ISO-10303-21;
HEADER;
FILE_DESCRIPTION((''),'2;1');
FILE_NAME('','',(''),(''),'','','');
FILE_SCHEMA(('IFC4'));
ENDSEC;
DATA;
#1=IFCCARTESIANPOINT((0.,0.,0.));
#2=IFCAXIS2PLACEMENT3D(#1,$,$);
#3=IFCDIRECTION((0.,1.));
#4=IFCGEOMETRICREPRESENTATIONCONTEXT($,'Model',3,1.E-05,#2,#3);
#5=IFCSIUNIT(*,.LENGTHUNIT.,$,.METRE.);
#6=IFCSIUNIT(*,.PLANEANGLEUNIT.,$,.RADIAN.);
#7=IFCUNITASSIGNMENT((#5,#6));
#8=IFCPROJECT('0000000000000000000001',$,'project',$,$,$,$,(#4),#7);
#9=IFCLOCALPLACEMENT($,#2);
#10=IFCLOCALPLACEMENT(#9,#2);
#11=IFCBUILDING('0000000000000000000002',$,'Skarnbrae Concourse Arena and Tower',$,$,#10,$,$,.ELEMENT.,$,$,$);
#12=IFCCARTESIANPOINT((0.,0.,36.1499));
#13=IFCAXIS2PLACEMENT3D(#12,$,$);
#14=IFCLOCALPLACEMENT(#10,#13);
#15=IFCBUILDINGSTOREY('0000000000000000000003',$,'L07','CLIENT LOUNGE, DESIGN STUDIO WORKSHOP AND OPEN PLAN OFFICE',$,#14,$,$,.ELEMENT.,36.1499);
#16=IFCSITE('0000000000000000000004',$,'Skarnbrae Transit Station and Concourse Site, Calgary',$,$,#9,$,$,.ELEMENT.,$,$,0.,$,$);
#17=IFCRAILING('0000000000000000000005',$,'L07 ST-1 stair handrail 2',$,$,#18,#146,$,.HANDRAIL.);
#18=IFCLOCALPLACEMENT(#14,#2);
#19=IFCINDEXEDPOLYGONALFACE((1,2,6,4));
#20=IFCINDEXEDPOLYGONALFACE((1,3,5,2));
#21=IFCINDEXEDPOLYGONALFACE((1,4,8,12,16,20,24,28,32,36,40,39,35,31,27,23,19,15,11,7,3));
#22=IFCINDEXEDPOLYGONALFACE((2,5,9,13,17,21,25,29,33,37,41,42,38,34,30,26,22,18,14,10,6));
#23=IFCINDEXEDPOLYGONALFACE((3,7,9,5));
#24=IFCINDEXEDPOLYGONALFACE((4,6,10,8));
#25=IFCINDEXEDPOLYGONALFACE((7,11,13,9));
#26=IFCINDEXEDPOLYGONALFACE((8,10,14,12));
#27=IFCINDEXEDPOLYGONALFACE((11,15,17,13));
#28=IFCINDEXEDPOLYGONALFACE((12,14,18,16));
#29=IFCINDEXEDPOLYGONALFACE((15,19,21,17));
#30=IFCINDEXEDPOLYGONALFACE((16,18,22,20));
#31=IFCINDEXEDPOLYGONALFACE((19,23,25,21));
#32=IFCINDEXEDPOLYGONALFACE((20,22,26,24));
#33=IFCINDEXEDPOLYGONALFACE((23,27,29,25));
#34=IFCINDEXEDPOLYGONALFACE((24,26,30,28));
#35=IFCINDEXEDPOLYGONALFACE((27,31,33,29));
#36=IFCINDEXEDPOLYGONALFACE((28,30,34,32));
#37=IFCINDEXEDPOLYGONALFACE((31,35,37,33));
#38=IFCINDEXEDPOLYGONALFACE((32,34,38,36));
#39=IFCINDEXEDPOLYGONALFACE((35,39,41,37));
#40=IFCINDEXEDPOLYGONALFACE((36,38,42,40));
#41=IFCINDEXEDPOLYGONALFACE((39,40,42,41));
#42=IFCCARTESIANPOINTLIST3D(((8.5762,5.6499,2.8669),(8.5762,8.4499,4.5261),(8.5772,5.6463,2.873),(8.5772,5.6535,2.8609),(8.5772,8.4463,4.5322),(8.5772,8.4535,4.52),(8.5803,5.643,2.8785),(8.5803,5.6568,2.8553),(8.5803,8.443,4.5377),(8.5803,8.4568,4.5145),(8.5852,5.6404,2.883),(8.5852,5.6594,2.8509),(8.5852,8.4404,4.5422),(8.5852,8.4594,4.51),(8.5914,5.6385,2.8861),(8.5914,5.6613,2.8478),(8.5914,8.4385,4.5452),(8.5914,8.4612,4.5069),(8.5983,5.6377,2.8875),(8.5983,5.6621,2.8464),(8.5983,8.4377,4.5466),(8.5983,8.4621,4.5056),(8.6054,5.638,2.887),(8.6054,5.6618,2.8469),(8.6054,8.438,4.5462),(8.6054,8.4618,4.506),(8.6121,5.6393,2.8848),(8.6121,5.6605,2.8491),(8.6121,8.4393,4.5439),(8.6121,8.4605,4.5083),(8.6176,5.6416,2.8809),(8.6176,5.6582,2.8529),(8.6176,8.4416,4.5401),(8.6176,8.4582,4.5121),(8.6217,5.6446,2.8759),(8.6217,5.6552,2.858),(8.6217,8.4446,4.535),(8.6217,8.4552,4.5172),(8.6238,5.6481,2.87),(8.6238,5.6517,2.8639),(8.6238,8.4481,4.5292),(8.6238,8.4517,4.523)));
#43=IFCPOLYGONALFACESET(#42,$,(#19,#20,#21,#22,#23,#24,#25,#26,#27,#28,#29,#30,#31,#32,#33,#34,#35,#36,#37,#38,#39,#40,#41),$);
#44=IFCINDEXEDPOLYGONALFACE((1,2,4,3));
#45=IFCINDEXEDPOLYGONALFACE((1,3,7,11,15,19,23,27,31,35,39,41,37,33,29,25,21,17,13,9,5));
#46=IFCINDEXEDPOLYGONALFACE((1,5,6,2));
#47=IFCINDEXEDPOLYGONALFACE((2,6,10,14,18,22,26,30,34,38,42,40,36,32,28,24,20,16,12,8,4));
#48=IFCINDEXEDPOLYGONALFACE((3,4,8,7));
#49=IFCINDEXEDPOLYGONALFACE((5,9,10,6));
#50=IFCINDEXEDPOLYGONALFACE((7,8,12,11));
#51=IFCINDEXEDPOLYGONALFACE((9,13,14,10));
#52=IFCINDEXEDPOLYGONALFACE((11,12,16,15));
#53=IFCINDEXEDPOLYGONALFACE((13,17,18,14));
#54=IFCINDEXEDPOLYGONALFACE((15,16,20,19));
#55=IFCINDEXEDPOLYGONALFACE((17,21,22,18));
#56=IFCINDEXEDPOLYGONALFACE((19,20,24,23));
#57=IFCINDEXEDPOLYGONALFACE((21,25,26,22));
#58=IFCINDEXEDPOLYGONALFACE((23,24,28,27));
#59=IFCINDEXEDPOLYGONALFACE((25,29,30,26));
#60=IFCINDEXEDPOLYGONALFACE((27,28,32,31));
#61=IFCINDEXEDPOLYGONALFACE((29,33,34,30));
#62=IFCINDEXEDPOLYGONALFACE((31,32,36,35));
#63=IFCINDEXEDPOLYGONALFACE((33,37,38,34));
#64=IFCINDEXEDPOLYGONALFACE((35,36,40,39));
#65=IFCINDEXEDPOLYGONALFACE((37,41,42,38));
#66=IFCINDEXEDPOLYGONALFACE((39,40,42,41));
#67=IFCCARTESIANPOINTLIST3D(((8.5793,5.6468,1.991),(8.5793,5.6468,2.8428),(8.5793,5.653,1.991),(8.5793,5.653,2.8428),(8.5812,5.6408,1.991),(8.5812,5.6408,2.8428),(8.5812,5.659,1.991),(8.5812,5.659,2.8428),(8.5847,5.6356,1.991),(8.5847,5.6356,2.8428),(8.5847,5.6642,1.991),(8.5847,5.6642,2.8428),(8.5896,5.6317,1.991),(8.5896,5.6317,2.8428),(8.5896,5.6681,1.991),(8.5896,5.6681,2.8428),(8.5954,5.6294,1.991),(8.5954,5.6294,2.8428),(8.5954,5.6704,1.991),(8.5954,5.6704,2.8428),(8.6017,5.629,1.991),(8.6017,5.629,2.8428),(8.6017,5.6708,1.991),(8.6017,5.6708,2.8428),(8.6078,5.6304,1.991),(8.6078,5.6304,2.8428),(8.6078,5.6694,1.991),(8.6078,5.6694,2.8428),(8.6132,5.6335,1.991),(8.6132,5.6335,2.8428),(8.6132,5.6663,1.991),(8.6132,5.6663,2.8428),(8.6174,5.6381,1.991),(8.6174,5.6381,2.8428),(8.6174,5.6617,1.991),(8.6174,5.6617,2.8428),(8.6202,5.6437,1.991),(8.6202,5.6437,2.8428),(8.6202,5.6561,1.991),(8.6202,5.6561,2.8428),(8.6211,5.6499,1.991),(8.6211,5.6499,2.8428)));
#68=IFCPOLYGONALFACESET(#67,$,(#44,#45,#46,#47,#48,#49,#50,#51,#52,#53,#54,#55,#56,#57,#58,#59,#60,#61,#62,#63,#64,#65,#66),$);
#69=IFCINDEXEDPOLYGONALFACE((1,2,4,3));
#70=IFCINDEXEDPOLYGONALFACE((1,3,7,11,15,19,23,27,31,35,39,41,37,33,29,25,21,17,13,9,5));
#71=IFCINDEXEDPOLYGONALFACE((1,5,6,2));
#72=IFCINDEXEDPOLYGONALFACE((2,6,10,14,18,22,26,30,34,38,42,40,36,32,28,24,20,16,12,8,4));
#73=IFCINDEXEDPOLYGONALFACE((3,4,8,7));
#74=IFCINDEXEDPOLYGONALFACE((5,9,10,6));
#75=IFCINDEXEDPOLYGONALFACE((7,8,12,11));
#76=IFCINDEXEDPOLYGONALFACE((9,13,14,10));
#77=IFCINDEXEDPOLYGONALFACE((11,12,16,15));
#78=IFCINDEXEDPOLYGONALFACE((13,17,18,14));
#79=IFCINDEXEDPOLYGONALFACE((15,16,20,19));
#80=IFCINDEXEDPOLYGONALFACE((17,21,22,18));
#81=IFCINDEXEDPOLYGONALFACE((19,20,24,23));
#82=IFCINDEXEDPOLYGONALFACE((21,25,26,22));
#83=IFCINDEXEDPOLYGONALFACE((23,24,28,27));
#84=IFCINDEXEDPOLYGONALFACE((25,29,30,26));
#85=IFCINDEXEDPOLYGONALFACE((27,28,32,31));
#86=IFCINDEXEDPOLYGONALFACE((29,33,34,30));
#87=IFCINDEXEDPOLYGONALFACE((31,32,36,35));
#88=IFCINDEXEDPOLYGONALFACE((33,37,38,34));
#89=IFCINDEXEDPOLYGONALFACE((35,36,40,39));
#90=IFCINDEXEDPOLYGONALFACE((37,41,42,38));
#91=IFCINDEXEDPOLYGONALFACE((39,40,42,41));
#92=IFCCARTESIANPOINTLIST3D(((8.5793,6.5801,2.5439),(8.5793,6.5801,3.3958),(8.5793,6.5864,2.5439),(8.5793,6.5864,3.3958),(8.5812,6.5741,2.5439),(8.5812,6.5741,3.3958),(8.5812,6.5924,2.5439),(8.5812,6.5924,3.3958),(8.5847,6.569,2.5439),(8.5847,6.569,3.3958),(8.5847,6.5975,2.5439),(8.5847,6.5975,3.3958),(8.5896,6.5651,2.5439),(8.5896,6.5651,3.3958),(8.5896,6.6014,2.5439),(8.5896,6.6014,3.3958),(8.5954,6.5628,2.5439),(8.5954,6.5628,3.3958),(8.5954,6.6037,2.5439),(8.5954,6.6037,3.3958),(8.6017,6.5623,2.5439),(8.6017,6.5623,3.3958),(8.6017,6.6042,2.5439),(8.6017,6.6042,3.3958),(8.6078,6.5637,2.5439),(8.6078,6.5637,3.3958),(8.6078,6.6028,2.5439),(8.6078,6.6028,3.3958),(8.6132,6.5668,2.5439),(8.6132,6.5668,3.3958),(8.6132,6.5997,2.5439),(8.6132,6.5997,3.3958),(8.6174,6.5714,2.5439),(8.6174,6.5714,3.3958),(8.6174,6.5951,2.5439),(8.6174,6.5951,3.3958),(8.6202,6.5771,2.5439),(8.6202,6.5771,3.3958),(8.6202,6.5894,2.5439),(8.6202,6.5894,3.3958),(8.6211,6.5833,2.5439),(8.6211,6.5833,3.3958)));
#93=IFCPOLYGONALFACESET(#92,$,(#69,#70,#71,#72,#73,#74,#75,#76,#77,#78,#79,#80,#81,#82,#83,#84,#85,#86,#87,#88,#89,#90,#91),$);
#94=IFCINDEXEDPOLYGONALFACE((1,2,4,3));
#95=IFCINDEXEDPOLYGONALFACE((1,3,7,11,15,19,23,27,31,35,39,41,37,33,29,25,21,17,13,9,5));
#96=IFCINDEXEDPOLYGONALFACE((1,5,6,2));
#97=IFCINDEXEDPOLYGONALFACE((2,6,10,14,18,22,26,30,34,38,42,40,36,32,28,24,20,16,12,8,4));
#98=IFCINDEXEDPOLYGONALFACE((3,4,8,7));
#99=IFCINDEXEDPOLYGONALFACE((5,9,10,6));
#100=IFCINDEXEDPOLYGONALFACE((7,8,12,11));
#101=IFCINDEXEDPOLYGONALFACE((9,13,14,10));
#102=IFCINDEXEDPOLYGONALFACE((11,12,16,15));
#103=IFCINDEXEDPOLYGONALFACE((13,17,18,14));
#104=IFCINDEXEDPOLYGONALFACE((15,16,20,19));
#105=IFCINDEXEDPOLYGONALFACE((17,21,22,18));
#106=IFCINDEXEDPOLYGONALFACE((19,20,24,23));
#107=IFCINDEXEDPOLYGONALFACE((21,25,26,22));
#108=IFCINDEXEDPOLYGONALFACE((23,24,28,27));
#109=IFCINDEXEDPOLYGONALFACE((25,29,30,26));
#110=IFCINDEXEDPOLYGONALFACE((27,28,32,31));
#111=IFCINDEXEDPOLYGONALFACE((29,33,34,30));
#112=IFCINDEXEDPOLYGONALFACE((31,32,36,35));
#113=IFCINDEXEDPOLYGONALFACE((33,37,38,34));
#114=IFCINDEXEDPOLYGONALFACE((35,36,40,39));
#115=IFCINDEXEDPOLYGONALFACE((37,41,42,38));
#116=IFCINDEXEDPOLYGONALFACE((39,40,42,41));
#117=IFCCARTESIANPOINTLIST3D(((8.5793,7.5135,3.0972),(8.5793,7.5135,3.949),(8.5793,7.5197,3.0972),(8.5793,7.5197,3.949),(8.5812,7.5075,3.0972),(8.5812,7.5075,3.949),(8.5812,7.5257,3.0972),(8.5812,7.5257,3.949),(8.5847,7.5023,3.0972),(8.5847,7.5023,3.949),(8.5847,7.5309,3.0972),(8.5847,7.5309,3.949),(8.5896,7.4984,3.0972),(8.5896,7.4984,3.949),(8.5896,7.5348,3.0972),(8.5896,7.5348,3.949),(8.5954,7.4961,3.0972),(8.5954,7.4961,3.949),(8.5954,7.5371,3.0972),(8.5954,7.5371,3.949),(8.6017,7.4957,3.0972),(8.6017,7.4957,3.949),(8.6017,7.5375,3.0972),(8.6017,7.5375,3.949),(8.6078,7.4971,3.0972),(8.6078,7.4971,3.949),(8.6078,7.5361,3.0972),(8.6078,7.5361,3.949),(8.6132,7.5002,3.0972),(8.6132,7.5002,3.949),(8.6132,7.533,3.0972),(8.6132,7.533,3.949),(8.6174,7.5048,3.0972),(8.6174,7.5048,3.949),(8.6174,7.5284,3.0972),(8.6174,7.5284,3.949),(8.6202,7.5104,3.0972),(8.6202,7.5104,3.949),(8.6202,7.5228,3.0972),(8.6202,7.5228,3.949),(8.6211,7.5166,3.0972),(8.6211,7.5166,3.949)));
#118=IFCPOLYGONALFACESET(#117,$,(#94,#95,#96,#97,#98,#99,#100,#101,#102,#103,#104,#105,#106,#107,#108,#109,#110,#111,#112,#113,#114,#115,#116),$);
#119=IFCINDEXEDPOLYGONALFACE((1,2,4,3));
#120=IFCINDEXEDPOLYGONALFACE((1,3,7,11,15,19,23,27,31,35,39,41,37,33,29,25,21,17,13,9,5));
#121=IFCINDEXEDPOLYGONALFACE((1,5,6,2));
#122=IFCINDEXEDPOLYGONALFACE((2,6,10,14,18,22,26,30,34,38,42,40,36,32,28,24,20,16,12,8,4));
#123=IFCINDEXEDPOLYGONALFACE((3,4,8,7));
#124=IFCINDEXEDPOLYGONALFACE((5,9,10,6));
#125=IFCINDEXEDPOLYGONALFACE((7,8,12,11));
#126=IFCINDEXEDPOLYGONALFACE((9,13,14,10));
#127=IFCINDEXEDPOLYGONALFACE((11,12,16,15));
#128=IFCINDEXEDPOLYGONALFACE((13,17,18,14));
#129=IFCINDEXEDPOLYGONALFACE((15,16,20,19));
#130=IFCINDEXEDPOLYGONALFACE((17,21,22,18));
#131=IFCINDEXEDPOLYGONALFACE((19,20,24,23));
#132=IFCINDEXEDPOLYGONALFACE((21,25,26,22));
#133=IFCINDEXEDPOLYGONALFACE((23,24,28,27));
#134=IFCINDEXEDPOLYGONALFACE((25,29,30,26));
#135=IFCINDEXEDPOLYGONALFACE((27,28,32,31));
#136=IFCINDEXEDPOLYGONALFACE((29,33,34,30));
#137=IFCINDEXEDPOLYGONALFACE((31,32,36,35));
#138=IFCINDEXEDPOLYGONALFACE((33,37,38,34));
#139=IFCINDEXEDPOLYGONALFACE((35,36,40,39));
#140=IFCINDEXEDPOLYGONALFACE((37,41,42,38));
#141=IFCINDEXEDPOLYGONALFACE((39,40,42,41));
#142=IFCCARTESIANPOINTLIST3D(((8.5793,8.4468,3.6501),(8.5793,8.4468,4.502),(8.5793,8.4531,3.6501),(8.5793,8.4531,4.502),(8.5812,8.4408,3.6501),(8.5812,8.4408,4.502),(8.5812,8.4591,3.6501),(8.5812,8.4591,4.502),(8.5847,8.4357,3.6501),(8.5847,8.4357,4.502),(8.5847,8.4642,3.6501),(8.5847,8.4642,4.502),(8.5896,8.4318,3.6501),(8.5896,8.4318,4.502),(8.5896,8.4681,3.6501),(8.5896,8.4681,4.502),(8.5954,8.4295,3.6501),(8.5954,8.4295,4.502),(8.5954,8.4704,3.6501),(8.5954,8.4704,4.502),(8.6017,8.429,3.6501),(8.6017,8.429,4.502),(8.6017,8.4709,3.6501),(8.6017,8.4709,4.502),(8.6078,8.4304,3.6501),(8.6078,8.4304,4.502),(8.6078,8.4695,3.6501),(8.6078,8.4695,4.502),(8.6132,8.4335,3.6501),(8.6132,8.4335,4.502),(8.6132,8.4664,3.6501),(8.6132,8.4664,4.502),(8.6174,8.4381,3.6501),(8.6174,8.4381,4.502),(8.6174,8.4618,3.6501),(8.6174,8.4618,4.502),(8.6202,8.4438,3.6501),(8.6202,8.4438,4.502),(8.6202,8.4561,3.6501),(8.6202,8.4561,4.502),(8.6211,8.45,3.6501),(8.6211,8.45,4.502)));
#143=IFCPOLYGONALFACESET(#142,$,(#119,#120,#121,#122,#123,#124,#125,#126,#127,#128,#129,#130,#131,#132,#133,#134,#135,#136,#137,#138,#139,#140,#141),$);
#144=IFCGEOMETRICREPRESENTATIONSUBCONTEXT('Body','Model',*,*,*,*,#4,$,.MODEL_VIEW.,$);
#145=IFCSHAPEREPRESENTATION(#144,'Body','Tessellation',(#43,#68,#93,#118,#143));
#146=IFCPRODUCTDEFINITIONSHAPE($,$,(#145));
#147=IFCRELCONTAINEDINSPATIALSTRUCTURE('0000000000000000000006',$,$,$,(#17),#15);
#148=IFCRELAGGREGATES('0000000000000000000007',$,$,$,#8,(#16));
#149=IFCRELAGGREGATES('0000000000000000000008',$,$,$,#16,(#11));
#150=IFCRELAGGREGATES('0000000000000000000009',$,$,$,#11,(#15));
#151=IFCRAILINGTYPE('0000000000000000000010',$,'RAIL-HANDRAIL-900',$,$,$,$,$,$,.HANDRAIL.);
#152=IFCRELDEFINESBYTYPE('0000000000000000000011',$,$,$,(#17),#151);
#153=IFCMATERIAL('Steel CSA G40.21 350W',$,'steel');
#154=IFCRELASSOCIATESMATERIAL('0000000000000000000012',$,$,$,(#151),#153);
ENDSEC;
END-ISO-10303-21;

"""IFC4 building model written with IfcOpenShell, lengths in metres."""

from ifc_helpers import new_model, si_unit, direction, frame, origin, origin_2d, place, context, subcontext, project, spatial, circle, extrude, material, type_object, element, save


model = new_model("IFC4")

# Units and contexts
model_context = context("Model", 3, precision=1e-05, world=origin(), true_north=direction((0.0, 1.0)))
body_context = subcontext(model_context, "Body", "Model", "MODEL_VIEW")
ifc_project = project(units=[si_unit("LENGTHUNIT", "METRE"), si_unit("PLANEANGLEUNIT", "RADIAN")], contexts=[model_context])

# Site, building, storey
site_placement = place(None, origin())
site = spatial("IfcSite", under=ifc_project, at=site_placement, Name="Skarnbrae Transit Station and Concourse Site, Calgary", CompositionType="ELEMENT", RefElevation=0.0)
building_placement = place(site_placement, origin())
building = spatial("IfcBuilding", under=site, at=building_placement, Name="Skarnbrae Concourse Arena and Tower", CompositionType="ELEMENT")
storey_placement = place(building_placement, frame((0.0, 0.0, 36.1499)))
storey = spatial("IfcBuildingStorey", under=building, at=storey_placement, Name="L07", Description="CLIENT LOUNGE, DESIGN STUDIO WORKSHOP AND OPEN PLAN OFFICE", CompositionType="ELEMENT", Elevation=36.1499)

# Shared definitions
ifc_material_1 = material(Name="Steel CSA G40.21 350W", Category="steel")

# Railing
railing_type_1 = type_object("IfcRailingType", Name="RAIL-HANDRAIL-900", PredefinedType="HANDRAIL", material=ifc_material_1)
railing_1_placement = place(storey_placement, frame((8.6001, 5.6499, 1.991)))
element("IfcRailing", 1, at=railing_1_placement, inside=storey, type_object=railing_type_1, Name="L07 ST-1 stair handrail 2", PredefinedType="HANDRAIL", context=body_context, shape_type="SweptSolid", body=[
    extrude(circle(Radius=0.0239, at=origin_2d()), frame((0.0, 0.0, 0.876), z_axis=(0.0, 0.860306, 0.509778), x_axis=(-1.0, 0.0, 0.0)), (0.0, 0.0, 1.0), 3.2546),
    extrude(circle(Radius=0.021, at=origin_2d()), origin(), (0.0, 0.0, 1.0), 0.8518),
    extrude(circle(Radius=0.021, at=origin_2d()), frame((0.0, 0.9333, 0.553)), (0.0, 0.0, 1.0), 0.8518),
    extrude(circle(Radius=0.021, at=origin_2d()), frame((0.0, 1.8667, 1.1062)), (0.0, 0.0, 1.0), 0.8518),
    extrude(circle(Radius=0.021, at=origin_2d()), frame((0.0, 2.8, 1.6592)), (0.0, 0.0, 1.0), 0.8518),
])

save(model, "model.ifc")
